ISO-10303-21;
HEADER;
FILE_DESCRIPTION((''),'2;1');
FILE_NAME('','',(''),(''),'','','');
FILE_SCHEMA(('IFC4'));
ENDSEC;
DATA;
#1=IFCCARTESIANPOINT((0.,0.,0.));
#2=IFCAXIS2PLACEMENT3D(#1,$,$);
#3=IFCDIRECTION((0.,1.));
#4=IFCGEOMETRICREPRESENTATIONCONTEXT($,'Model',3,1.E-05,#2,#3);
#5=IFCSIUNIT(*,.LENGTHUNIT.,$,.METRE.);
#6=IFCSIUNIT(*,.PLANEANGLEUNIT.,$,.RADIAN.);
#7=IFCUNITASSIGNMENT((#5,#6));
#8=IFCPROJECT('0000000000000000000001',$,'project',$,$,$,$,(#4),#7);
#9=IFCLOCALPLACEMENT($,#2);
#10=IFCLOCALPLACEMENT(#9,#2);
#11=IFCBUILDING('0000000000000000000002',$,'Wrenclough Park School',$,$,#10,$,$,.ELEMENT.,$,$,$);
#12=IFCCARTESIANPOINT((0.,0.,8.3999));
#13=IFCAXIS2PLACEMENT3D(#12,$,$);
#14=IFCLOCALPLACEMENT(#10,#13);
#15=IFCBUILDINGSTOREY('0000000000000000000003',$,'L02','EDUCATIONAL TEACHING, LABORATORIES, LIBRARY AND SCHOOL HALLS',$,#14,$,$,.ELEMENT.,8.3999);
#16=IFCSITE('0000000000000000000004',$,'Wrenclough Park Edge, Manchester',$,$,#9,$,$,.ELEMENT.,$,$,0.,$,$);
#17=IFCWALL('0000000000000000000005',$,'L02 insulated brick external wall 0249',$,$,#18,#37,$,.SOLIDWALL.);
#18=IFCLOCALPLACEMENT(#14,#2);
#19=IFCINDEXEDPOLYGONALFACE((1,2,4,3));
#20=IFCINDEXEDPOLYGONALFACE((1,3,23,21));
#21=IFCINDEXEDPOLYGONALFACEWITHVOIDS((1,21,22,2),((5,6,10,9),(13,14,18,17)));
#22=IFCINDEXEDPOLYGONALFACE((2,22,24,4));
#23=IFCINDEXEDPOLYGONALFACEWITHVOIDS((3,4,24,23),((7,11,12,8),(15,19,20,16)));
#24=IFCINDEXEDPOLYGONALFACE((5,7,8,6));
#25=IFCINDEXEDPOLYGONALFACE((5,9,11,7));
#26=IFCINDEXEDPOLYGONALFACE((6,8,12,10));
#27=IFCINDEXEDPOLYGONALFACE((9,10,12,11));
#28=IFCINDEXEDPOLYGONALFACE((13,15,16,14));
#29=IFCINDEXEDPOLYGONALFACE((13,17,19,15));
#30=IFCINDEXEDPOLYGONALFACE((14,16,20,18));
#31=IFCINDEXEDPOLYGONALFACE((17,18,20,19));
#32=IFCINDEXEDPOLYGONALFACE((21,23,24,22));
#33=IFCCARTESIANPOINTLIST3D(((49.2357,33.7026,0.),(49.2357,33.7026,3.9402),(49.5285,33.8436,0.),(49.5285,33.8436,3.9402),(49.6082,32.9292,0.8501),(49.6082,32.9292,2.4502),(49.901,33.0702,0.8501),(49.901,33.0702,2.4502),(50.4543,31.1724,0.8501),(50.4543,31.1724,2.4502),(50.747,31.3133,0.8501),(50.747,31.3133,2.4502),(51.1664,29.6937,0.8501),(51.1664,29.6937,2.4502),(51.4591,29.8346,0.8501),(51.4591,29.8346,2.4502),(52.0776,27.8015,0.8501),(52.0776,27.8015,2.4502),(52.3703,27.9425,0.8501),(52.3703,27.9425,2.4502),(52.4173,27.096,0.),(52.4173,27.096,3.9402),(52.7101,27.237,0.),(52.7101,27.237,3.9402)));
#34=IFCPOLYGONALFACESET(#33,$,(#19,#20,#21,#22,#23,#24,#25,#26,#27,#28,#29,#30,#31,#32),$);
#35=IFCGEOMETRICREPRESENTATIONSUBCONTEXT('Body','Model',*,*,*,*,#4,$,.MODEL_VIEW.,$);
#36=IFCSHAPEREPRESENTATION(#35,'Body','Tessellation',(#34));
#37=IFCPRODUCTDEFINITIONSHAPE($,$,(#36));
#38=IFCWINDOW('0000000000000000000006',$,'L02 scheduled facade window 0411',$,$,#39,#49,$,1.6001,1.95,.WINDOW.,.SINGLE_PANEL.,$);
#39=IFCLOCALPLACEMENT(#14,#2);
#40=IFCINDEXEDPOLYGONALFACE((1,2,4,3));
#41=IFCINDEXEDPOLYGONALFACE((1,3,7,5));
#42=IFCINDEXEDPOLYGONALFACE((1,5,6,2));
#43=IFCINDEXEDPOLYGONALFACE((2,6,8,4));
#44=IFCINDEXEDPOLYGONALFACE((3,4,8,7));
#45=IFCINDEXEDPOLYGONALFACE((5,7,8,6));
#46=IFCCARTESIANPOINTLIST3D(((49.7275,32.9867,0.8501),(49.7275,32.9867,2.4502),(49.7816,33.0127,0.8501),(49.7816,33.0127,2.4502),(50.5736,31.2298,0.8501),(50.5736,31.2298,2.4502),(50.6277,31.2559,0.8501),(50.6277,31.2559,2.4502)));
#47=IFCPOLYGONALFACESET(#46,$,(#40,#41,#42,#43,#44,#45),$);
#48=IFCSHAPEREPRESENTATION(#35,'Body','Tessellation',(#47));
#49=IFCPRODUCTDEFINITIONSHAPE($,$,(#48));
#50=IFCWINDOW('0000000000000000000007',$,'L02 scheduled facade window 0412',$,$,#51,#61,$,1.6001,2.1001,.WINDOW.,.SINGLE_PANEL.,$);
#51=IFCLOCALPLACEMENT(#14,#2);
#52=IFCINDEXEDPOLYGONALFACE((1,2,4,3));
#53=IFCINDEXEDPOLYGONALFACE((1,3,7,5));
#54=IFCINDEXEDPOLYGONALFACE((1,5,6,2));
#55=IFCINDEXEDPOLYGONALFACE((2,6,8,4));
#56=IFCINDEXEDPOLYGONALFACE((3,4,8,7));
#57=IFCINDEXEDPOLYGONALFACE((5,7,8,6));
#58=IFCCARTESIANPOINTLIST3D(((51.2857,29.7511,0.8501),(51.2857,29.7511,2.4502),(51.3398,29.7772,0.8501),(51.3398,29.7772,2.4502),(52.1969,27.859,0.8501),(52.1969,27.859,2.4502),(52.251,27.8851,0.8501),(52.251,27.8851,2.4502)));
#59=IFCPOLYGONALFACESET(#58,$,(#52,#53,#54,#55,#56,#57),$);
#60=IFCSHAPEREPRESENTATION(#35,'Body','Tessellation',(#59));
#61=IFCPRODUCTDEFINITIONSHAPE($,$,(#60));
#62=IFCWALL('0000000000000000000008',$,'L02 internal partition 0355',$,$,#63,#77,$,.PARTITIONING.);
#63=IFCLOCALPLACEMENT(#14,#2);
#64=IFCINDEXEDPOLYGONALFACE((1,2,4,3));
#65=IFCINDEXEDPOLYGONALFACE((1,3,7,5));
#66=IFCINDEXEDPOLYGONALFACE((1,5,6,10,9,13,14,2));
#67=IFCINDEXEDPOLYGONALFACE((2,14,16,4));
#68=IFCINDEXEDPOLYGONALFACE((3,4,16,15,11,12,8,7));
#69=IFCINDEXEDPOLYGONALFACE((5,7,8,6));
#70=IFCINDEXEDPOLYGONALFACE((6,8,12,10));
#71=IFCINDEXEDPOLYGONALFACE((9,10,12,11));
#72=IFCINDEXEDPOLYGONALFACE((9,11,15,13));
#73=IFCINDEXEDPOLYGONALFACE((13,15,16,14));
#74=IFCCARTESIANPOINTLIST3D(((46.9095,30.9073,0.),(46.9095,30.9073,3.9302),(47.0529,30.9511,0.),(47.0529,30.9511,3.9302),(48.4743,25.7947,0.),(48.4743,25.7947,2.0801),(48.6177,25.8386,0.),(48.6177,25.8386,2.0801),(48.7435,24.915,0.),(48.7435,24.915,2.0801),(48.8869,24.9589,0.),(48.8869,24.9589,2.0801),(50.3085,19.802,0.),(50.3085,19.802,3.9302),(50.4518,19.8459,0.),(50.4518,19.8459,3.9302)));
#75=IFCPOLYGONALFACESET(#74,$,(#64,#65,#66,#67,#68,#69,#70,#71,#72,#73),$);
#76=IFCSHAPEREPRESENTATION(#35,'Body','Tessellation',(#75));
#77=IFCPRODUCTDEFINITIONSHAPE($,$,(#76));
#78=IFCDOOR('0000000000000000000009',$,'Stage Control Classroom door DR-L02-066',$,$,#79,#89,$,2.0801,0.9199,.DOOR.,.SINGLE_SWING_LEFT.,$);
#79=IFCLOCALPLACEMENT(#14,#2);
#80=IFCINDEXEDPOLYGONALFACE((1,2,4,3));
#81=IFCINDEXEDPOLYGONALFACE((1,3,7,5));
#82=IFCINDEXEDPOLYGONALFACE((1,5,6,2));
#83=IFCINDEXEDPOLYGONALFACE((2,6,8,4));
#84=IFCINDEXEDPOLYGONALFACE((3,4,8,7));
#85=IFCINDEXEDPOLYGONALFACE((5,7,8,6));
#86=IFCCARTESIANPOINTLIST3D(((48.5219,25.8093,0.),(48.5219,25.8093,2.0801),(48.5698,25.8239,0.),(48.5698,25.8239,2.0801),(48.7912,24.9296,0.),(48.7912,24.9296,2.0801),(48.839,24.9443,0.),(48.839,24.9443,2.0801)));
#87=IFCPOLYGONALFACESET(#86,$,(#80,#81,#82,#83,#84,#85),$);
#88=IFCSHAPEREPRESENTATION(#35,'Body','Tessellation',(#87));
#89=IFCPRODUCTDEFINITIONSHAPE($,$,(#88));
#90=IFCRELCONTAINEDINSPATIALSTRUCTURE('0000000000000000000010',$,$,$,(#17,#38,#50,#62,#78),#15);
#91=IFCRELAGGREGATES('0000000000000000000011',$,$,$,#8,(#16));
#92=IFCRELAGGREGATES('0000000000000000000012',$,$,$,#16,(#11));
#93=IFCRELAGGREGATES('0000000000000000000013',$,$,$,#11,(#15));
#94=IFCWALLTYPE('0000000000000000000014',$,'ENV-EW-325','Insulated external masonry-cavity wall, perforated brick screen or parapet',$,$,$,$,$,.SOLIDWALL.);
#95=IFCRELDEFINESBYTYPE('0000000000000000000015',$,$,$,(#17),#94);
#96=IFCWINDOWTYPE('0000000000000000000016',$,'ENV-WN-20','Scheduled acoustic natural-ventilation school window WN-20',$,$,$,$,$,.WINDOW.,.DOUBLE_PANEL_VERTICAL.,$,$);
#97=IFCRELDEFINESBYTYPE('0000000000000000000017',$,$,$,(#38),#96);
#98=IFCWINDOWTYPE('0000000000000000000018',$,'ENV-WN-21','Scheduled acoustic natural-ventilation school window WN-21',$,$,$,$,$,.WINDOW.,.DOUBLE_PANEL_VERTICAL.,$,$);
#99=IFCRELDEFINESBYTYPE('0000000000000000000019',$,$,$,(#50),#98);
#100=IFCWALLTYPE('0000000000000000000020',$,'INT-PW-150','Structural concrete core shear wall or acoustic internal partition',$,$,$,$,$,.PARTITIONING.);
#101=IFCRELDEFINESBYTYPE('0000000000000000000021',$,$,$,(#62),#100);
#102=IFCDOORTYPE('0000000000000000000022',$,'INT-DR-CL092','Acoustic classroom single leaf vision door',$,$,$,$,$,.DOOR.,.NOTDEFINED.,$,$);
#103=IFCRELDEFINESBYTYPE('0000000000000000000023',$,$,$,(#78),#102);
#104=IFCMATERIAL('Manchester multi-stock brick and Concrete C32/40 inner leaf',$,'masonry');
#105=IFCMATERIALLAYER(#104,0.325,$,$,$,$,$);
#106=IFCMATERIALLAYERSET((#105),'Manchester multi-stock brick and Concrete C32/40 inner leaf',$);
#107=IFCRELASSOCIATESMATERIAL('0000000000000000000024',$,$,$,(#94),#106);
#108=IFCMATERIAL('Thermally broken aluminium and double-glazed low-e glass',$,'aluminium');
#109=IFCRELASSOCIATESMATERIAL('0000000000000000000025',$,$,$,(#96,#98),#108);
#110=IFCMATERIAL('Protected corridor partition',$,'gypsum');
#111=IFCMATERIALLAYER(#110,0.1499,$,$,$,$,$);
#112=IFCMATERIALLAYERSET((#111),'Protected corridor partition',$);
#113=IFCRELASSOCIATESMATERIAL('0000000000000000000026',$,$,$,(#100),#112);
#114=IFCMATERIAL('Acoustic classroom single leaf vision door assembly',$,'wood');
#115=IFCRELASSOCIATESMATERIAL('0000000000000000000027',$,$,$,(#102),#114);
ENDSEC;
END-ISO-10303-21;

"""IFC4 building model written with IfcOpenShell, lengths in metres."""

from ifc_helpers import new_model, si_unit, direction, frame, frame_2d, origin, place, context, subcontext, project, spatial, rectangle, extrude, material, layer, layer_set, type_object, element, fill, save


model = new_model("IFC4")

# Units and contexts
model_context = context("Model", 3, precision=1e-05, world=origin(), true_north=direction((0.0, 1.0)))
body_context = subcontext(model_context, "Body", "Model", "MODEL_VIEW")
ifc_project = project(units=[si_unit("LENGTHUNIT", "METRE"), si_unit("PLANEANGLEUNIT", "RADIAN")], contexts=[model_context])

# Site, building, storey
site_placement = place(None, origin())
site = spatial("IfcSite", under=ifc_project, at=site_placement, Name="Wrenclough Park Edge, Manchester", CompositionType="ELEMENT", RefElevation=0.0)
building_placement = place(site_placement, origin())
building = spatial("IfcBuilding", under=site, at=building_placement, Name="Wrenclough Park School", CompositionType="ELEMENT")
storey_placement = place(building_placement, frame((0.0, 0.0, 8.3999)))
storey = spatial("IfcBuildingStorey", under=building, at=storey_placement, Name="L02", Description="EDUCATIONAL TEACHING, LABORATORIES, LIBRARY AND SCHOOL HALLS", CompositionType="ELEMENT", Elevation=8.3999)

# Wall, openings, windows
ifc_material_1 = material(Name="Manchester multi-stock brick and Concrete C32/40 inner leaf", Category="masonry")
ifc_layer_1 = layer(ifc_material_1, 0.325)
ifc_layer_set_1 = layer_set([ifc_layer_1], Name="Manchester multi-stock brick and Concrete C32/40 inner leaf")
wall_type_1 = type_object("IfcWallType", Name="ENV-EW-325", Description="Insulated external masonry-cavity wall, perforated brick screen or parapet", PredefinedType="SOLIDWALL", material=ifc_layer_set_1)
wall_1_placement = place(storey_placement, frame((49.3821, 33.7732, 0.0), z_axis=(0.0, 0.0, 1.0), x_axis=(0.433887, -0.900967, 0.0)))
wall_1 = element("IfcWall", 1, at=wall_1_placement, inside=storey, type_object=wall_type_1, Name="L02 insulated brick external wall 0249", PredefinedType="SOLIDWALL", context=body_context, shape_type="SweptSolid", body=[
    extrude(rectangle(XDim=7.3328, YDim=0.325, at=frame_2d((3.6665, 0.0))), origin(), (0.0, 0.0, 1.0), 3.9402),
])
opening_1_placement = place(wall_1_placement, frame((0.8584, 0.0, 0.8501)))
opening_1 = element("IfcOpeningElement", 2, at=opening_1_placement, cuts=wall_1, PredefinedType="OPENING", context=body_context, shape_type="SweptSolid", body=[
    extrude(rectangle(XDim=1.95, YDim=1.6001, at=frame_2d((0.9751, 0.8))), frame((0.0, 0.1724, 0.0), z_axis=(0.0, -1.0, 0.0), x_axis=(1.0, 0.0, 0.0)), (0.0, 0.0, 1.0), 0.345),
])
opening_2_placement = place(wall_1_placement, frame((4.4497, 0.0, 0.8501)))
opening_2 = element("IfcOpeningElement", 3, at=opening_2_placement, cuts=wall_1, PredefinedType="OPENING", context=body_context, shape_type="SweptSolid", body=[
    extrude(rectangle(XDim=2.1001, YDim=1.6001, at=frame_2d((1.05, 0.8))), frame((0.0, 0.1724, 0.0), z_axis=(0.0, -1.0, 0.0), x_axis=(1.0, 0.0, 0.0)), (0.0, 0.0, 1.0), 0.345),
])
ifc_material_2 = material(Name="Thermally broken aluminium and double-glazed low-e glass", Category="aluminium")
window_type_1 = type_object("IfcWindowType", Name="ENV-WN-20", Description="Scheduled acoustic natural-ventilation school window WN-20", PartitioningType="DOUBLE_PANEL_VERTICAL", PredefinedType="WINDOW", material=ifc_material_2)
window_1_placement = place(opening_1_placement, origin())
window_1 = element("IfcWindow", 4, at=window_1_placement, inside=storey, type_object=window_type_1, Name="L02 scheduled facade window 0411", OverallHeight=1.6001, OverallWidth=1.95, PartitioningType="SINGLE_PANEL", PredefinedType="WINDOW", context=body_context, shape_type="SweptSolid", body=[
    extrude(rectangle(XDim=1.95, YDim=1.6001, at=frame_2d((0.9751, 0.8))), frame((0.0, 0.03, 0.0), z_axis=(0.0, -1.0, 0.0), x_axis=(1.0, 0.0, 0.0)), (0.0, 0.0, 1.0), 0.0601),
])
fill(opening_1, window_1)
window_type_2 = type_object("IfcWindowType", Name="ENV-WN-21", Description="Scheduled acoustic natural-ventilation school window WN-21", PartitioningType="DOUBLE_PANEL_VERTICAL", PredefinedType="WINDOW", material=ifc_material_2)
window_2_placement = place(opening_2_placement, origin())
window_2 = element("IfcWindow", 5, at=window_2_placement, inside=storey, type_object=window_type_2, Name="L02 scheduled facade window 0412", OverallHeight=1.6001, OverallWidth=2.1001, PartitioningType="SINGLE_PANEL", PredefinedType="WINDOW", context=body_context, shape_type="SweptSolid", body=[
    extrude(rectangle(XDim=2.1001, YDim=1.6001, at=frame_2d((1.05, 0.8))), frame((0.0, 0.03, 0.0), z_axis=(0.0, -1.0, 0.0), x_axis=(1.0, 0.0, 0.0)), (0.0, 0.0, 1.0), 0.0601),
])
fill(opening_2, window_2)

# Wall, opening, door
ifc_material_3 = material(Name="Protected corridor partition", Category="gypsum")
ifc_layer_2 = layer(ifc_material_3, 0.1499)
ifc_layer_set_2 = layer_set([ifc_layer_2], Name="Protected corridor partition")
wall_type_2 = type_object("IfcWallType", Name="INT-PW-150", Description="Structural concrete core shear wall or acoustic internal partition", PredefinedType="PARTITIONING", material=ifc_layer_set_2)
wall_2_placement = place(storey_placement, frame((46.9812, 30.9292, 0.0), z_axis=(0.0, 0.0, 1.0), x_axis=(0.292664, -0.956215, 0.0)))
wall_2 = element("IfcWall", 6, at=wall_2_placement, inside=storey, type_object=wall_type_2, Name="L02 internal partition 0355", PredefinedType="PARTITIONING", context=body_context, shape_type="SweptSolid", body=[
    extrude(rectangle(XDim=11.6138, YDim=0.1499, at=frame_2d((5.8069, 0.0))), origin(), (0.0, 0.0, 1.0), 3.9302),
])
opening_3_placement = place(wall_2_placement, frame((5.3467, 0.0, 0.0)))
opening_3 = element("IfcOpeningElement", 7, at=opening_3_placement, cuts=wall_2, PredefinedType="OPENING", context=body_context, shape_type="SweptSolid", body=[
    extrude(rectangle(XDim=0.9199, YDim=2.0801, at=frame_2d((0.46, 1.04))), frame((0.0, 0.085, 0.0), z_axis=(0.0, -1.0, 0.0), x_axis=(1.0, 0.0, 0.0)), (0.0, 0.0, 1.0), 0.1699),
])
ifc_material_4 = material(Name="Acoustic classroom single leaf vision door assembly", Category="wood")
door_type = type_object("IfcDoorType", Name="INT-DR-CL092", Description="Acoustic classroom single leaf vision door", OperationType="NOTDEFINED", PredefinedType="DOOR", material=ifc_material_4)
door_placement = place(opening_3_placement, origin())
door = element("IfcDoor", 8, at=door_placement, inside=storey, type_object=door_type, Name="Stage Control Classroom door DR-L02-066", OperationType="SINGLE_SWING_LEFT", OverallHeight=2.0801, OverallWidth=0.9199, PredefinedType="DOOR", context=body_context, shape_type="SweptSolid", body=[
    extrude(rectangle(XDim=0.9199, YDim=2.0801, at=frame_2d((0.46, 1.04))), frame((0.0, 0.0249, 0.0), z_axis=(0.0, -1.0, 0.0), x_axis=(1.0, 0.0, 0.0)), (0.0, 0.0, 1.0), 0.05),
])
fill(opening_3, door)

save(model, "model.ifc")
